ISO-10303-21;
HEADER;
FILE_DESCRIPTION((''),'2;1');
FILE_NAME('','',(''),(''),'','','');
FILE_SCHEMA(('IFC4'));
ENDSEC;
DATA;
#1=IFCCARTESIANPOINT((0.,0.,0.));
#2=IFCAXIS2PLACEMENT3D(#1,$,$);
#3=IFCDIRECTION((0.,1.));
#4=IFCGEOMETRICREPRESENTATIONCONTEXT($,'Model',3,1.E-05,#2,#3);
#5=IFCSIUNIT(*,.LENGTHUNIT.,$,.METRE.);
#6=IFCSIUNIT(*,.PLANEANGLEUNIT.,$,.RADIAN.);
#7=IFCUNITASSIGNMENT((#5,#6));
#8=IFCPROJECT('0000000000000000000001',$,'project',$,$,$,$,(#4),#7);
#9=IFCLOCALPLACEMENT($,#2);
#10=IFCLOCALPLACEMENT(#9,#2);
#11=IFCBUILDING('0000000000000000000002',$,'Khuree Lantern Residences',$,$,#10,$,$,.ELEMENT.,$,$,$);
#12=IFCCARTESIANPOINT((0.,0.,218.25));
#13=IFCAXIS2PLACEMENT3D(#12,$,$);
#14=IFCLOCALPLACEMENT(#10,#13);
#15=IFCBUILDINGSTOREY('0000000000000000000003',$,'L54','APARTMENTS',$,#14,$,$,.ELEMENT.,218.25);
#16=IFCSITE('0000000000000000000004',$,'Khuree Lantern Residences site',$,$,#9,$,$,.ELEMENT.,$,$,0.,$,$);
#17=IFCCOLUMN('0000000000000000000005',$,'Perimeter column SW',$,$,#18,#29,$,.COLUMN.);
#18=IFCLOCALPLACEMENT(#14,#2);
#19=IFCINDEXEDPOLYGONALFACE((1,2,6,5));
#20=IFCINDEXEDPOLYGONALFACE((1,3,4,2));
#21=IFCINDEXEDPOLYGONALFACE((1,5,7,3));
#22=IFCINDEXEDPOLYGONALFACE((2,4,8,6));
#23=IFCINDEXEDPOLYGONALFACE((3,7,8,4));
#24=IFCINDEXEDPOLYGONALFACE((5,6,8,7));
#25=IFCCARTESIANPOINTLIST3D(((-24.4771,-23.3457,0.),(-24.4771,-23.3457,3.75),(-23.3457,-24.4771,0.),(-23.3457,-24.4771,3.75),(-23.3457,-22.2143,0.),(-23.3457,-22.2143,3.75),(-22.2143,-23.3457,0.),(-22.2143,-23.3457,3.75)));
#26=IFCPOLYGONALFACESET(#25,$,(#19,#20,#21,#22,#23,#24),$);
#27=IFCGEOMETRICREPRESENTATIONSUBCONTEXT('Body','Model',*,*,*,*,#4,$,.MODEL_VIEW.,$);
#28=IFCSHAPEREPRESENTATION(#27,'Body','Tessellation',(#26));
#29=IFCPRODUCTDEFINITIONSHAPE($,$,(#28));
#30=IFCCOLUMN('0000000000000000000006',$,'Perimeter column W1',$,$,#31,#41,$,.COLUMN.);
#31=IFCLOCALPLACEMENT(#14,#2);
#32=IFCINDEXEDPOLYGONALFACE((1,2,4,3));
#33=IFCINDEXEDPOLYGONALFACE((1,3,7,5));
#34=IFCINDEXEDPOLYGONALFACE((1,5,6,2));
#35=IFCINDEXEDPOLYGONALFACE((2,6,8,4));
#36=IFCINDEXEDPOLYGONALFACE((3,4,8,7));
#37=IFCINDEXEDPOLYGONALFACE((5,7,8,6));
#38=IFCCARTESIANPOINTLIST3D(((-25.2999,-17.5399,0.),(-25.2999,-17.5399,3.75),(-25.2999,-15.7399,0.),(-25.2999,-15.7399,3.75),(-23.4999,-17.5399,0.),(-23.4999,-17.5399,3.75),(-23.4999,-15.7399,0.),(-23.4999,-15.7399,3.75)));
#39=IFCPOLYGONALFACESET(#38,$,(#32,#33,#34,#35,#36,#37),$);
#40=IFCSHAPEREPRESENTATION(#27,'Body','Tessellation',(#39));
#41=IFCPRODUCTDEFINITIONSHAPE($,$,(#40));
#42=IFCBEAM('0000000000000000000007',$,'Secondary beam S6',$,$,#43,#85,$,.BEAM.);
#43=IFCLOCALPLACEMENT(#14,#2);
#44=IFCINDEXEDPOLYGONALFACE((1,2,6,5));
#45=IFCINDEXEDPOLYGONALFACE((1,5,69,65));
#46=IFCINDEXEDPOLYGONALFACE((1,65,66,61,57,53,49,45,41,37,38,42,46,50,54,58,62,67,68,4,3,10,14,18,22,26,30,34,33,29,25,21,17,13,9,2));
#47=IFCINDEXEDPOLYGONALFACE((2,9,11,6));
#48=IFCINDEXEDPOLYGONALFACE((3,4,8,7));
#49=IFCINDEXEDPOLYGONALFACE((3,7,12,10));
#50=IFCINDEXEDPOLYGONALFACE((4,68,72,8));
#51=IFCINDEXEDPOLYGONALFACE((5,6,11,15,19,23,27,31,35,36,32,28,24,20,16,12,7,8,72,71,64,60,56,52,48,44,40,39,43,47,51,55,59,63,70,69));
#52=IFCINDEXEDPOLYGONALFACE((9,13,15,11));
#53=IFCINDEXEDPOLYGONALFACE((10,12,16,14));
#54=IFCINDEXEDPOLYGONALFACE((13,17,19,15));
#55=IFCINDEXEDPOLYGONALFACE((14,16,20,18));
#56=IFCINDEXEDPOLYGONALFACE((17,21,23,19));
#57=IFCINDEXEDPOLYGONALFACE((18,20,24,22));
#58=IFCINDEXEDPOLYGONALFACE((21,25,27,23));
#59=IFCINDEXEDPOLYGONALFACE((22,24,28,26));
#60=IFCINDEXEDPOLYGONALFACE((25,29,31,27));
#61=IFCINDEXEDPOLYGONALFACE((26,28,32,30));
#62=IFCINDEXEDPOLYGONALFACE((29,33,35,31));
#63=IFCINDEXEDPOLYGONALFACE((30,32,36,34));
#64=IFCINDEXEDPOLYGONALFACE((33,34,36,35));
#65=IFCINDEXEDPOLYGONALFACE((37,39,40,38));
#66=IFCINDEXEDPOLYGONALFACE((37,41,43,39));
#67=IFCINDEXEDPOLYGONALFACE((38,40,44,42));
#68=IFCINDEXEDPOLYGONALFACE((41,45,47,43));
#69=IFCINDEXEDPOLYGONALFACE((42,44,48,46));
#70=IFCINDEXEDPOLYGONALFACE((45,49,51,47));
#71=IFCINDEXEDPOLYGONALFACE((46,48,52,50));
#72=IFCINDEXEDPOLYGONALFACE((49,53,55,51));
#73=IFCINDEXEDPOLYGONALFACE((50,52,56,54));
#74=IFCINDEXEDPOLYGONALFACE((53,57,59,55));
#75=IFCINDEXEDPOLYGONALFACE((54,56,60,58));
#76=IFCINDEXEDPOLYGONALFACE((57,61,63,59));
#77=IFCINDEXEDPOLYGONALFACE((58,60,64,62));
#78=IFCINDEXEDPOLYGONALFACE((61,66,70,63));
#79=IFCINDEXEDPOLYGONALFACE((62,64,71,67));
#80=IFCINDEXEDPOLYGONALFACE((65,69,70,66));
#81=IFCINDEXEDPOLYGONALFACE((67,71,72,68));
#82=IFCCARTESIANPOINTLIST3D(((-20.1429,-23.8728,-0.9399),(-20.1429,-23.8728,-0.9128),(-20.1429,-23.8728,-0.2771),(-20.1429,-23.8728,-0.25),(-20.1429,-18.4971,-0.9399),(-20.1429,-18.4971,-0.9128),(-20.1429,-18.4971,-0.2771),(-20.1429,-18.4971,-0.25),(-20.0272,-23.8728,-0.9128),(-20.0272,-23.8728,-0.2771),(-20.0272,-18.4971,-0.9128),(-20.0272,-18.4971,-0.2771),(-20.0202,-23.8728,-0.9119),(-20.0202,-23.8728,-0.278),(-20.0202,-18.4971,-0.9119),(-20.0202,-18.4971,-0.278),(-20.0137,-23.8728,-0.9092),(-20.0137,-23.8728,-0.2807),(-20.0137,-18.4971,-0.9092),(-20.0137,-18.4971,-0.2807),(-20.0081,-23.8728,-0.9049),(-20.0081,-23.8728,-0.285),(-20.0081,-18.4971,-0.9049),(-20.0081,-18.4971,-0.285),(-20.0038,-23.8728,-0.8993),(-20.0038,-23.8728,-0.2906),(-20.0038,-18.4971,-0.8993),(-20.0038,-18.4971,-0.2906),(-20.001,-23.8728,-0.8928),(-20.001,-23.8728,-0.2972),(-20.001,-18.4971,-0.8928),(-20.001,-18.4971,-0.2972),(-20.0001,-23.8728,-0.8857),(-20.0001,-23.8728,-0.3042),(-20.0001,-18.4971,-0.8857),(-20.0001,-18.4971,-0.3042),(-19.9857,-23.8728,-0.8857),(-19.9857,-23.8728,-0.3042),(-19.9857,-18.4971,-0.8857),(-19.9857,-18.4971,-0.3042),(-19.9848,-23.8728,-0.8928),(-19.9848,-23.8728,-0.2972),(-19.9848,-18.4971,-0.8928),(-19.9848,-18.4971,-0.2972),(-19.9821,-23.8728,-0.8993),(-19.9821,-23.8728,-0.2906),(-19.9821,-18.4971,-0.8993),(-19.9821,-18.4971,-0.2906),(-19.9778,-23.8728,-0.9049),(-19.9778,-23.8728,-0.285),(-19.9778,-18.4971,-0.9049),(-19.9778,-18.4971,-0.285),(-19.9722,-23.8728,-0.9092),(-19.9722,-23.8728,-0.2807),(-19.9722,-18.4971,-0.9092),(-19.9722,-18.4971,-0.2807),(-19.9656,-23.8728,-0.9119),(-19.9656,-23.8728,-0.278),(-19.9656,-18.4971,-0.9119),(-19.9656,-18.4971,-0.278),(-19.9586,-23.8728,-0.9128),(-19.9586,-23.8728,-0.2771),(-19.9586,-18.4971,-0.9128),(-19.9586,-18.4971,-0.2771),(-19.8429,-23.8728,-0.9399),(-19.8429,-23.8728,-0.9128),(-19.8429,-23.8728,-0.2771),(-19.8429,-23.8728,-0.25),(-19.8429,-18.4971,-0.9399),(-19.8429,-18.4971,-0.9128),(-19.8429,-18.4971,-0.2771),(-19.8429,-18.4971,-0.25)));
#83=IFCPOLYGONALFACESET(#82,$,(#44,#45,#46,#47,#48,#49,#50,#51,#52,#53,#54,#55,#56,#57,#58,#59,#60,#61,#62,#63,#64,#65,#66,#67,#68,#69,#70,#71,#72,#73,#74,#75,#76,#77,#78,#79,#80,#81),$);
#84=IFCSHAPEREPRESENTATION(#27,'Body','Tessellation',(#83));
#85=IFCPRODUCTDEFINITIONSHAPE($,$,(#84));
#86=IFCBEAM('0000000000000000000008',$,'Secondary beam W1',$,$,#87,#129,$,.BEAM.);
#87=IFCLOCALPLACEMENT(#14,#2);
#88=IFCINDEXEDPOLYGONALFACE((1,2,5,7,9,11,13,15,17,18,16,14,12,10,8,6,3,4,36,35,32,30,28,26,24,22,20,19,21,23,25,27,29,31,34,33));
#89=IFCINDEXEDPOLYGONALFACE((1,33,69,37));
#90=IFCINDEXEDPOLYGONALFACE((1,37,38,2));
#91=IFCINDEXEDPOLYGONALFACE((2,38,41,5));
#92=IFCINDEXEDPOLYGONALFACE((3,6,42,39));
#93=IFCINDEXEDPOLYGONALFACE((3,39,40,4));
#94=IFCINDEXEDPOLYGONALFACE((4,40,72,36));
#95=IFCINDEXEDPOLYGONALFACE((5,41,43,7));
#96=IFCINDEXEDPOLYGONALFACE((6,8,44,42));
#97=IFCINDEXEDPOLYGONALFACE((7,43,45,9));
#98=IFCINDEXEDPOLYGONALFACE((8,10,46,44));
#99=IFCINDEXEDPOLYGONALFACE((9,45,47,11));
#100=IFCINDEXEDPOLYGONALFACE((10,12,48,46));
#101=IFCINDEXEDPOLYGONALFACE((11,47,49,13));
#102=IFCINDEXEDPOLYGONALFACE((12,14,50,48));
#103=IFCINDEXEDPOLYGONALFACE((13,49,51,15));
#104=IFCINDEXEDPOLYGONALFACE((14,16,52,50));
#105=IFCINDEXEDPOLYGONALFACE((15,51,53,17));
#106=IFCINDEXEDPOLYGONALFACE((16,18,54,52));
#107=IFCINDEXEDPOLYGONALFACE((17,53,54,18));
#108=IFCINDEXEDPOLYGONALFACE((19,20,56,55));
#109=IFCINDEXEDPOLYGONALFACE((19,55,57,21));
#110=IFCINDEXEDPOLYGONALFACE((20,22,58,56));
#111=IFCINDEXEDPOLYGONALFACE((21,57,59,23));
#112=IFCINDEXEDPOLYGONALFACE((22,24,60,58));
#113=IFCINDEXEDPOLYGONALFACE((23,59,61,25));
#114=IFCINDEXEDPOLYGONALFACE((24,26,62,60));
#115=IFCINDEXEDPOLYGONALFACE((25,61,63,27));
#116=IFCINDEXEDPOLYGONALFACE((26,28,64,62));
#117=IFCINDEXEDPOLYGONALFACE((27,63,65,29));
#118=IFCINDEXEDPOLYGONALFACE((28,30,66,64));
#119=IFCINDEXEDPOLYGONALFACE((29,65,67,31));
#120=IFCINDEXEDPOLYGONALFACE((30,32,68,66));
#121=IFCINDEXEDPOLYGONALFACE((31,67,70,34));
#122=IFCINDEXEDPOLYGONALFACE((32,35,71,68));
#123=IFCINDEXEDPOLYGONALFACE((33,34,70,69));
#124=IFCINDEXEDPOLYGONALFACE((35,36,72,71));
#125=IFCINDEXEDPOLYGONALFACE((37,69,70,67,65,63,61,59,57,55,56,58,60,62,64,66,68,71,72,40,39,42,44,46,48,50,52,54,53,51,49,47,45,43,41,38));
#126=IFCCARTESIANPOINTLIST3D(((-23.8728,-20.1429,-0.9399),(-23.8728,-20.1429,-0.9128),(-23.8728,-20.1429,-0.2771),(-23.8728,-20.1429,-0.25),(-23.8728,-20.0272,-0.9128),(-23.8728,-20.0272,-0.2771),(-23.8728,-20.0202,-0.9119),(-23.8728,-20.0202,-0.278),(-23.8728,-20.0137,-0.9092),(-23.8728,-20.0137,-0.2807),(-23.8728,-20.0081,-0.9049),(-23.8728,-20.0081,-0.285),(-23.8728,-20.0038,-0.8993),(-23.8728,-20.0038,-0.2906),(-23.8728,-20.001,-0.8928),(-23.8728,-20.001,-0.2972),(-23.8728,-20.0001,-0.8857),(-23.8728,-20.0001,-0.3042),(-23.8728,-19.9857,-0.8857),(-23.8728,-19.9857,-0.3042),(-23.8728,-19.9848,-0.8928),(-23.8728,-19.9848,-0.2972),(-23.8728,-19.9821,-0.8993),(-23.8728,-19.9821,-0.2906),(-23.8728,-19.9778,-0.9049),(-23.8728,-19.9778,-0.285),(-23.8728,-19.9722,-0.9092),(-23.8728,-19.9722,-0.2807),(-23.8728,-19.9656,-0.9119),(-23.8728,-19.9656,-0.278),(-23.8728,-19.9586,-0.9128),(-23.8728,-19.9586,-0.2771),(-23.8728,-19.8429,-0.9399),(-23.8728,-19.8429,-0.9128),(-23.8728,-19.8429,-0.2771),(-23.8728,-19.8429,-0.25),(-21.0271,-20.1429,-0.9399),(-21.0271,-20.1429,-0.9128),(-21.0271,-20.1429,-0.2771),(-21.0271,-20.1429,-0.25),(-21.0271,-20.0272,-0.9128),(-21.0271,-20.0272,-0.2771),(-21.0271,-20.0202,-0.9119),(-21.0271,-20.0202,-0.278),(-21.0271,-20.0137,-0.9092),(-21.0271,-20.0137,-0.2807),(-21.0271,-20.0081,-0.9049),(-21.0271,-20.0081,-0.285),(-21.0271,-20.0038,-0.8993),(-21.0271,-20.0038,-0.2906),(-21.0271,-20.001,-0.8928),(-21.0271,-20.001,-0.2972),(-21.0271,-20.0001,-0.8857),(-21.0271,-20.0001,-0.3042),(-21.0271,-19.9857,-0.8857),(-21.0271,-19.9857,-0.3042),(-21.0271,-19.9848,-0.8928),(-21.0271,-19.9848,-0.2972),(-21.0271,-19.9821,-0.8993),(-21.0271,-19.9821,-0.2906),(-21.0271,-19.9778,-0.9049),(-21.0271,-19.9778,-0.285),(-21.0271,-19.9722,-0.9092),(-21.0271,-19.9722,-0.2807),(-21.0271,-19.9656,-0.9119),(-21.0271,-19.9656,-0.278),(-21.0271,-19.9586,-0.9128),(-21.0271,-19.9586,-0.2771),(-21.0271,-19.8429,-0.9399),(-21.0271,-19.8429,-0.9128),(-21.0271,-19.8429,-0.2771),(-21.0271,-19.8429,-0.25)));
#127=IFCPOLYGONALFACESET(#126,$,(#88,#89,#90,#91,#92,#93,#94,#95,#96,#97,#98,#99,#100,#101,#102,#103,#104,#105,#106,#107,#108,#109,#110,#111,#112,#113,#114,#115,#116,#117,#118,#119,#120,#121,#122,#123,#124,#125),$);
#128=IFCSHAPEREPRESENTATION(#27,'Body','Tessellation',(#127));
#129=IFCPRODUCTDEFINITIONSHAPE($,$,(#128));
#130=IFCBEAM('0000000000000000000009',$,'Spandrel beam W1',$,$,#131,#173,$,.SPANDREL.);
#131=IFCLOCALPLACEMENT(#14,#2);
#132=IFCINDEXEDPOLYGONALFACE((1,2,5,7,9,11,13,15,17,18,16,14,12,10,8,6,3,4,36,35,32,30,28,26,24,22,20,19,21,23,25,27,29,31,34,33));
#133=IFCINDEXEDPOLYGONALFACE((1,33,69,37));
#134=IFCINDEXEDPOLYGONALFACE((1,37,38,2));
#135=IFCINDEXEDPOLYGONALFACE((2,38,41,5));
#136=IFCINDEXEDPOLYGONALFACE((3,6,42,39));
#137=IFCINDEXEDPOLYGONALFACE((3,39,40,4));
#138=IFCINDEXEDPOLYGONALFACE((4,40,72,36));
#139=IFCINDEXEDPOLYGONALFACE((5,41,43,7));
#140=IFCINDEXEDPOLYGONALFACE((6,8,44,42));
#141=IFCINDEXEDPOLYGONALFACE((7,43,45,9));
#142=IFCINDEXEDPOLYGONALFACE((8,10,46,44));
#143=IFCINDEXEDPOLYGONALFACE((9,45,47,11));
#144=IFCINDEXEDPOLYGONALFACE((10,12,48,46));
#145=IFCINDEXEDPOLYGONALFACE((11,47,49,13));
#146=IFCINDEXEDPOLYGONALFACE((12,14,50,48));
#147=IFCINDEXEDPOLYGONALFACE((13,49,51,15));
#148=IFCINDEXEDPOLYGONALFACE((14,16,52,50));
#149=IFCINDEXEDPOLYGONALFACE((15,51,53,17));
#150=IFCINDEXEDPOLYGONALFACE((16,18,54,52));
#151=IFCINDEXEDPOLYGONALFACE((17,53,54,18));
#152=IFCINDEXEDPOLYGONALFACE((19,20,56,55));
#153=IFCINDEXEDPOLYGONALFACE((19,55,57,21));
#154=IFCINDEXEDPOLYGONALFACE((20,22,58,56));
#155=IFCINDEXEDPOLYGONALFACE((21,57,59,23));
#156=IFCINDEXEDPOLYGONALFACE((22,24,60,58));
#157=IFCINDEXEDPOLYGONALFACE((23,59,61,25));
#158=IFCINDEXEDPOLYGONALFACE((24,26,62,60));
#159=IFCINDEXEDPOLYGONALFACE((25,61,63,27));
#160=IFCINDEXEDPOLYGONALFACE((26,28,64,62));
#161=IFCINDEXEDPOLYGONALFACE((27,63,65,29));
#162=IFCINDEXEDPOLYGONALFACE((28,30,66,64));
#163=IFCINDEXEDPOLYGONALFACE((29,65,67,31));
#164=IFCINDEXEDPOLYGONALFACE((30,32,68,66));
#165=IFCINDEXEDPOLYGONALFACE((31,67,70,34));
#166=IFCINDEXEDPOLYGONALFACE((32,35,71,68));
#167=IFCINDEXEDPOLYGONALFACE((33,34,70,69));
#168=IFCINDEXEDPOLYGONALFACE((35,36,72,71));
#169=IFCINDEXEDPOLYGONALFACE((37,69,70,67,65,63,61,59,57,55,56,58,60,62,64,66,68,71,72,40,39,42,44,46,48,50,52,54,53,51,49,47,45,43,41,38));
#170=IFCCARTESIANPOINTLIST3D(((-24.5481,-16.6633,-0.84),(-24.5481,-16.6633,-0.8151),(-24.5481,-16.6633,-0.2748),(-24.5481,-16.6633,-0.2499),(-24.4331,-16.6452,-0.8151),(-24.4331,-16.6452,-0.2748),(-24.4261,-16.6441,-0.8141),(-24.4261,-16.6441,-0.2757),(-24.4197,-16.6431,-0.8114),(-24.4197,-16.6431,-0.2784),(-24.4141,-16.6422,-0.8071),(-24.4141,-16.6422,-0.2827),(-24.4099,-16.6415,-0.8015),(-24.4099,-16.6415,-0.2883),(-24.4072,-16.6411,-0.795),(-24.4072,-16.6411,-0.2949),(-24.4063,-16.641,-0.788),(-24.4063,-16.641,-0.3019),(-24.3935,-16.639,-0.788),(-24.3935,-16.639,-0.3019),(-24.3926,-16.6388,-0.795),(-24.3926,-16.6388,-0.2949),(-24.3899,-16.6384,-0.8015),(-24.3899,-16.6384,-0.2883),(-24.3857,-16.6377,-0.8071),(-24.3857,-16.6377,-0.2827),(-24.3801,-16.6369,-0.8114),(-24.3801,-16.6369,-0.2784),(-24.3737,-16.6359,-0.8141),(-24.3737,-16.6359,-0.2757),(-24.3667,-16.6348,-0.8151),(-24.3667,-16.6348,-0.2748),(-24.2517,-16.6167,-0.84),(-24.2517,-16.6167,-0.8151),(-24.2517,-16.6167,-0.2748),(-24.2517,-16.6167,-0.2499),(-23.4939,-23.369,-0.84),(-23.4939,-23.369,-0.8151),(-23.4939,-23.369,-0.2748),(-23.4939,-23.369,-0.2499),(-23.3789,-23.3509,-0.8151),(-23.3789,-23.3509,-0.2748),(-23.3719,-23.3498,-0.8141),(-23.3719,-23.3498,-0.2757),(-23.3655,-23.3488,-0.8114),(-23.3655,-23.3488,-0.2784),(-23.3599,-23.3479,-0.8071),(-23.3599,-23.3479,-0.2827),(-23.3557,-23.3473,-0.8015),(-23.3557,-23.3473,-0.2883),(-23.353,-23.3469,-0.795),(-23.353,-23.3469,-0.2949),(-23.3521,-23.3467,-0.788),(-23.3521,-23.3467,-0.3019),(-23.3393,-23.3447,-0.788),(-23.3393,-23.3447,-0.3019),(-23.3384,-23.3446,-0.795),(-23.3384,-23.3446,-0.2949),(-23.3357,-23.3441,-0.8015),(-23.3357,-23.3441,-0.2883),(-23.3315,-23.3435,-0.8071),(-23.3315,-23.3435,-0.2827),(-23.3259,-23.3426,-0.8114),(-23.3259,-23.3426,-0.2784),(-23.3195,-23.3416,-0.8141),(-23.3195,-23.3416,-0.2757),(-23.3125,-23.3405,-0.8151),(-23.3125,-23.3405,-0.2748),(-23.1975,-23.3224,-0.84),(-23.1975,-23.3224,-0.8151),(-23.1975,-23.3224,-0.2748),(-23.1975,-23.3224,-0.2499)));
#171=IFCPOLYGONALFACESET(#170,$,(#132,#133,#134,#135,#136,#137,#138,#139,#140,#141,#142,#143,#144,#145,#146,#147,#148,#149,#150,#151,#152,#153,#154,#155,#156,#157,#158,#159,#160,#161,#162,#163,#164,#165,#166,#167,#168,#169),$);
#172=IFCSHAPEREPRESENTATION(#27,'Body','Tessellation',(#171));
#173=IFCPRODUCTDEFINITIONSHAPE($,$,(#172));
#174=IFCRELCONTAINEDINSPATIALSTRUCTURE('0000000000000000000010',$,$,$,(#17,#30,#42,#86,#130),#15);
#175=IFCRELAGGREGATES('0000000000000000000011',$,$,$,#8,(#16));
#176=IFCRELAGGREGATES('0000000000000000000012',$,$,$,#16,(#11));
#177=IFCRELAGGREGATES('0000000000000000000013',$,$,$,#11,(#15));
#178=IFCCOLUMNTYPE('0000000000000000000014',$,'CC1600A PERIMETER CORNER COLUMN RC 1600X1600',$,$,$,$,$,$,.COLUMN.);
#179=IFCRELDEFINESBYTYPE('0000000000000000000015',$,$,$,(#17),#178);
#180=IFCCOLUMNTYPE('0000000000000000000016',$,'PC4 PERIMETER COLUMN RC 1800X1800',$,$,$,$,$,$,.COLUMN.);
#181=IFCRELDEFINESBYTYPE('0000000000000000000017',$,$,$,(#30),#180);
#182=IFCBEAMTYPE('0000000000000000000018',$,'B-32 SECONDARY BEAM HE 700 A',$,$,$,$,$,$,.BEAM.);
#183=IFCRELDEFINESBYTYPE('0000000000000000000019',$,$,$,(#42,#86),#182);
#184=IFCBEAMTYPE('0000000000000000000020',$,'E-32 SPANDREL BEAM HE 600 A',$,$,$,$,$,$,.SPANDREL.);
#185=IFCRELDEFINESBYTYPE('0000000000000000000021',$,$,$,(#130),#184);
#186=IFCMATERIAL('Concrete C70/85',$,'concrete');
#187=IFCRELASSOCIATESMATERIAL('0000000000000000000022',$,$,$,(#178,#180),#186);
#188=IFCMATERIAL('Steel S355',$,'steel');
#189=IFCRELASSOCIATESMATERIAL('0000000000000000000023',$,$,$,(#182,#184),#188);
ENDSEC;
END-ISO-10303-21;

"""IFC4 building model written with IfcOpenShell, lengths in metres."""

from ifc_helpers import new_model, si_unit, direction, frame, origin, origin_2d, place, context, subcontext, project, spatial, rectangle, i_section, extrude, material, material_profile, profile_set, type_object, element, save


model = new_model("IFC4")

# Units and contexts
model_context = context("Model", 3, precision=1e-05, world=origin(), true_north=direction((0.0, 1.0)))
body_context = subcontext(model_context, "Body", "Model", "MODEL_VIEW")
ifc_project = project(units=[si_unit("LENGTHUNIT", "METRE"), si_unit("PLANEANGLEUNIT", "RADIAN")], contexts=[model_context])

# Site, building, storey
site_placement = place(None, origin())
site = spatial("IfcSite", under=ifc_project, at=site_placement, Name="Khuree Lantern Residences site", CompositionType="ELEMENT", RefElevation=0.0)
building_placement = place(site_placement, origin())
building = spatial("IfcBuilding", under=site, at=building_placement, Name="Khuree Lantern Residences", CompositionType="ELEMENT")
storey_placement = place(building_placement, frame((0.0, 0.0, 218.25)))
storey = spatial("IfcBuildingStorey", under=building, at=storey_placement, Name="L54", Description="APARTMENTS", CompositionType="ELEMENT", Elevation=218.25)

# Columns
ifc_material_1 = material(Name="Concrete C70/85", Category="concrete")
ifc_material_profile_1 = material_profile(ifc_material_1, rectangle(XDim=1.6001, YDim=1.6001, at=origin_2d()), Name="RC 1600X1600")
ifc_profile_set_1 = profile_set([ifc_material_profile_1], Name="Concrete C70/85")
column_type_1 = type_object("IfcColumnType", Name="CC1600A PERIMETER CORNER COLUMN RC 1600X1600", PredefinedType="COLUMN", material=ifc_profile_set_1)
column_1_placement = place(storey_placement, frame((-23.3457, -23.3457, 0.0), z_axis=(0.0, 0.0, 1.0), x_axis=(0.707107, -0.707107, 0.0)))
element("IfcColumn", 1, at=column_1_placement, inside=storey, type_object=column_type_1, Name="Perimeter column SW", PredefinedType="COLUMN", context=body_context, shape_type="SweptSolid", body=[
    extrude(rectangle(XDim=1.6001, YDim=1.6001, at=origin_2d()), origin(), (0.0, 0.0, 1.0), 3.75),
])
ifc_material_profile_2 = material_profile(ifc_material_1, rectangle(XDim=1.8, YDim=1.8, at=origin_2d()), Name="RC 1800X1800")
ifc_profile_set_2 = profile_set([ifc_material_profile_2], Name="Concrete C70/85")
column_type_2 = type_object("IfcColumnType", Name="PC4 PERIMETER COLUMN RC 1800X1800", PredefinedType="COLUMN", material=ifc_profile_set_2)
column_2_placement = place(storey_placement, frame((-24.3999, -16.6399, 0.0), z_axis=(0.0, 0.0, 1.0), x_axis=(0.0, 1.0, 0.0)))
element("IfcColumn", 2, at=column_2_placement, inside=storey, type_object=column_type_2, Name="Perimeter column W1", PredefinedType="COLUMN", context=body_context, shape_type="SweptSolid", body=[
    extrude(rectangle(XDim=1.8, YDim=1.8, at=origin_2d()), origin(), (0.0, 0.0, 1.0), 3.75),
])

# Beams
ifc_material_2 = material(Name="Steel S355", Category="steel")
ifc_material_profile_3 = material_profile(ifc_material_2, i_section(OverallWidth=0.3, OverallDepth=0.6899, WebThickness=0.0144, FlangeThickness=0.0271, FilletRadius=0.0271, at=origin_2d()), Name="HE 700 A")
ifc_profile_set_3 = profile_set([ifc_material_profile_3], Name="Steel S355")
beam_type_1 = type_object("IfcBeamType", Name="B-32 SECONDARY BEAM HE 700 A", PredefinedType="BEAM", material=ifc_profile_set_3)
beam_1_placement = place(storey_placement, frame((-19.9929, -23.8728, -0.595), z_axis=(0.0, 1.0, 0.0), x_axis=(-1.0, 0.0, 0.0)))
element("IfcBeam", 3, at=beam_1_placement, inside=storey, type_object=beam_type_1, Name="Secondary beam S6", PredefinedType="BEAM", context=body_context, shape_type="SweptSolid", body=[
    extrude(i_section(OverallWidth=0.3, OverallDepth=0.6899, WebThickness=0.0144, FlangeThickness=0.0271, FilletRadius=0.0271, at=origin_2d()), origin(), (0.0, 0.0, 1.0), 5.3757),
])
beam_2_placement = place(storey_placement, frame((-23.8728, -19.9929, -0.595), z_axis=(1.0, 0.0, 0.0), x_axis=(0.0, 1.0, 0.0)))
element("IfcBeam", 4, at=beam_2_placement, inside=storey, type_object=beam_type_1, Name="Secondary beam W1", PredefinedType="BEAM", context=body_context, shape_type="SweptSolid", body=[
    extrude(i_section(OverallWidth=0.3, OverallDepth=0.6899, WebThickness=0.0144, FlangeThickness=0.0271, FilletRadius=0.0271, at=origin_2d()), origin(), (0.0, 0.0, 1.0), 2.8457),
])
ifc_material_profile_4 = material_profile(ifc_material_2, i_section(OverallWidth=0.3, OverallDepth=0.5901, WebThickness=0.0129, FlangeThickness=0.0249, FilletRadius=0.0271, at=origin_2d()), Name="HE 600 A")
ifc_profile_set_4 = profile_set([ifc_material_profile_4], Name="Steel S355")
beam_type_2 = type_object("IfcBeamType", Name="E-32 SPANDREL BEAM HE 600 A", PredefinedType="SPANDREL", material=ifc_profile_set_4)
beam_3_placement = place(storey_placement, frame((-23.3457, -23.3457, -0.5449), z_axis=(-0.1553, 0.987867, 0.0), x_axis=(-0.987867, -0.1553, 0.0)))
element("IfcBeam", 5, at=beam_3_placement, inside=storey, type_object=beam_type_2, Name="Spandrel beam W1", PredefinedType="SPANDREL", context=body_context, shape_type="SweptSolid", body=[
    extrude(i_section(OverallWidth=0.3, OverallDepth=0.5901, WebThickness=0.0129, FlangeThickness=0.0249, FilletRadius=0.0271, at=origin_2d()), origin(), (0.0, 0.0, 1.0), 6.7881),
])

save(model, "model.ifc")
